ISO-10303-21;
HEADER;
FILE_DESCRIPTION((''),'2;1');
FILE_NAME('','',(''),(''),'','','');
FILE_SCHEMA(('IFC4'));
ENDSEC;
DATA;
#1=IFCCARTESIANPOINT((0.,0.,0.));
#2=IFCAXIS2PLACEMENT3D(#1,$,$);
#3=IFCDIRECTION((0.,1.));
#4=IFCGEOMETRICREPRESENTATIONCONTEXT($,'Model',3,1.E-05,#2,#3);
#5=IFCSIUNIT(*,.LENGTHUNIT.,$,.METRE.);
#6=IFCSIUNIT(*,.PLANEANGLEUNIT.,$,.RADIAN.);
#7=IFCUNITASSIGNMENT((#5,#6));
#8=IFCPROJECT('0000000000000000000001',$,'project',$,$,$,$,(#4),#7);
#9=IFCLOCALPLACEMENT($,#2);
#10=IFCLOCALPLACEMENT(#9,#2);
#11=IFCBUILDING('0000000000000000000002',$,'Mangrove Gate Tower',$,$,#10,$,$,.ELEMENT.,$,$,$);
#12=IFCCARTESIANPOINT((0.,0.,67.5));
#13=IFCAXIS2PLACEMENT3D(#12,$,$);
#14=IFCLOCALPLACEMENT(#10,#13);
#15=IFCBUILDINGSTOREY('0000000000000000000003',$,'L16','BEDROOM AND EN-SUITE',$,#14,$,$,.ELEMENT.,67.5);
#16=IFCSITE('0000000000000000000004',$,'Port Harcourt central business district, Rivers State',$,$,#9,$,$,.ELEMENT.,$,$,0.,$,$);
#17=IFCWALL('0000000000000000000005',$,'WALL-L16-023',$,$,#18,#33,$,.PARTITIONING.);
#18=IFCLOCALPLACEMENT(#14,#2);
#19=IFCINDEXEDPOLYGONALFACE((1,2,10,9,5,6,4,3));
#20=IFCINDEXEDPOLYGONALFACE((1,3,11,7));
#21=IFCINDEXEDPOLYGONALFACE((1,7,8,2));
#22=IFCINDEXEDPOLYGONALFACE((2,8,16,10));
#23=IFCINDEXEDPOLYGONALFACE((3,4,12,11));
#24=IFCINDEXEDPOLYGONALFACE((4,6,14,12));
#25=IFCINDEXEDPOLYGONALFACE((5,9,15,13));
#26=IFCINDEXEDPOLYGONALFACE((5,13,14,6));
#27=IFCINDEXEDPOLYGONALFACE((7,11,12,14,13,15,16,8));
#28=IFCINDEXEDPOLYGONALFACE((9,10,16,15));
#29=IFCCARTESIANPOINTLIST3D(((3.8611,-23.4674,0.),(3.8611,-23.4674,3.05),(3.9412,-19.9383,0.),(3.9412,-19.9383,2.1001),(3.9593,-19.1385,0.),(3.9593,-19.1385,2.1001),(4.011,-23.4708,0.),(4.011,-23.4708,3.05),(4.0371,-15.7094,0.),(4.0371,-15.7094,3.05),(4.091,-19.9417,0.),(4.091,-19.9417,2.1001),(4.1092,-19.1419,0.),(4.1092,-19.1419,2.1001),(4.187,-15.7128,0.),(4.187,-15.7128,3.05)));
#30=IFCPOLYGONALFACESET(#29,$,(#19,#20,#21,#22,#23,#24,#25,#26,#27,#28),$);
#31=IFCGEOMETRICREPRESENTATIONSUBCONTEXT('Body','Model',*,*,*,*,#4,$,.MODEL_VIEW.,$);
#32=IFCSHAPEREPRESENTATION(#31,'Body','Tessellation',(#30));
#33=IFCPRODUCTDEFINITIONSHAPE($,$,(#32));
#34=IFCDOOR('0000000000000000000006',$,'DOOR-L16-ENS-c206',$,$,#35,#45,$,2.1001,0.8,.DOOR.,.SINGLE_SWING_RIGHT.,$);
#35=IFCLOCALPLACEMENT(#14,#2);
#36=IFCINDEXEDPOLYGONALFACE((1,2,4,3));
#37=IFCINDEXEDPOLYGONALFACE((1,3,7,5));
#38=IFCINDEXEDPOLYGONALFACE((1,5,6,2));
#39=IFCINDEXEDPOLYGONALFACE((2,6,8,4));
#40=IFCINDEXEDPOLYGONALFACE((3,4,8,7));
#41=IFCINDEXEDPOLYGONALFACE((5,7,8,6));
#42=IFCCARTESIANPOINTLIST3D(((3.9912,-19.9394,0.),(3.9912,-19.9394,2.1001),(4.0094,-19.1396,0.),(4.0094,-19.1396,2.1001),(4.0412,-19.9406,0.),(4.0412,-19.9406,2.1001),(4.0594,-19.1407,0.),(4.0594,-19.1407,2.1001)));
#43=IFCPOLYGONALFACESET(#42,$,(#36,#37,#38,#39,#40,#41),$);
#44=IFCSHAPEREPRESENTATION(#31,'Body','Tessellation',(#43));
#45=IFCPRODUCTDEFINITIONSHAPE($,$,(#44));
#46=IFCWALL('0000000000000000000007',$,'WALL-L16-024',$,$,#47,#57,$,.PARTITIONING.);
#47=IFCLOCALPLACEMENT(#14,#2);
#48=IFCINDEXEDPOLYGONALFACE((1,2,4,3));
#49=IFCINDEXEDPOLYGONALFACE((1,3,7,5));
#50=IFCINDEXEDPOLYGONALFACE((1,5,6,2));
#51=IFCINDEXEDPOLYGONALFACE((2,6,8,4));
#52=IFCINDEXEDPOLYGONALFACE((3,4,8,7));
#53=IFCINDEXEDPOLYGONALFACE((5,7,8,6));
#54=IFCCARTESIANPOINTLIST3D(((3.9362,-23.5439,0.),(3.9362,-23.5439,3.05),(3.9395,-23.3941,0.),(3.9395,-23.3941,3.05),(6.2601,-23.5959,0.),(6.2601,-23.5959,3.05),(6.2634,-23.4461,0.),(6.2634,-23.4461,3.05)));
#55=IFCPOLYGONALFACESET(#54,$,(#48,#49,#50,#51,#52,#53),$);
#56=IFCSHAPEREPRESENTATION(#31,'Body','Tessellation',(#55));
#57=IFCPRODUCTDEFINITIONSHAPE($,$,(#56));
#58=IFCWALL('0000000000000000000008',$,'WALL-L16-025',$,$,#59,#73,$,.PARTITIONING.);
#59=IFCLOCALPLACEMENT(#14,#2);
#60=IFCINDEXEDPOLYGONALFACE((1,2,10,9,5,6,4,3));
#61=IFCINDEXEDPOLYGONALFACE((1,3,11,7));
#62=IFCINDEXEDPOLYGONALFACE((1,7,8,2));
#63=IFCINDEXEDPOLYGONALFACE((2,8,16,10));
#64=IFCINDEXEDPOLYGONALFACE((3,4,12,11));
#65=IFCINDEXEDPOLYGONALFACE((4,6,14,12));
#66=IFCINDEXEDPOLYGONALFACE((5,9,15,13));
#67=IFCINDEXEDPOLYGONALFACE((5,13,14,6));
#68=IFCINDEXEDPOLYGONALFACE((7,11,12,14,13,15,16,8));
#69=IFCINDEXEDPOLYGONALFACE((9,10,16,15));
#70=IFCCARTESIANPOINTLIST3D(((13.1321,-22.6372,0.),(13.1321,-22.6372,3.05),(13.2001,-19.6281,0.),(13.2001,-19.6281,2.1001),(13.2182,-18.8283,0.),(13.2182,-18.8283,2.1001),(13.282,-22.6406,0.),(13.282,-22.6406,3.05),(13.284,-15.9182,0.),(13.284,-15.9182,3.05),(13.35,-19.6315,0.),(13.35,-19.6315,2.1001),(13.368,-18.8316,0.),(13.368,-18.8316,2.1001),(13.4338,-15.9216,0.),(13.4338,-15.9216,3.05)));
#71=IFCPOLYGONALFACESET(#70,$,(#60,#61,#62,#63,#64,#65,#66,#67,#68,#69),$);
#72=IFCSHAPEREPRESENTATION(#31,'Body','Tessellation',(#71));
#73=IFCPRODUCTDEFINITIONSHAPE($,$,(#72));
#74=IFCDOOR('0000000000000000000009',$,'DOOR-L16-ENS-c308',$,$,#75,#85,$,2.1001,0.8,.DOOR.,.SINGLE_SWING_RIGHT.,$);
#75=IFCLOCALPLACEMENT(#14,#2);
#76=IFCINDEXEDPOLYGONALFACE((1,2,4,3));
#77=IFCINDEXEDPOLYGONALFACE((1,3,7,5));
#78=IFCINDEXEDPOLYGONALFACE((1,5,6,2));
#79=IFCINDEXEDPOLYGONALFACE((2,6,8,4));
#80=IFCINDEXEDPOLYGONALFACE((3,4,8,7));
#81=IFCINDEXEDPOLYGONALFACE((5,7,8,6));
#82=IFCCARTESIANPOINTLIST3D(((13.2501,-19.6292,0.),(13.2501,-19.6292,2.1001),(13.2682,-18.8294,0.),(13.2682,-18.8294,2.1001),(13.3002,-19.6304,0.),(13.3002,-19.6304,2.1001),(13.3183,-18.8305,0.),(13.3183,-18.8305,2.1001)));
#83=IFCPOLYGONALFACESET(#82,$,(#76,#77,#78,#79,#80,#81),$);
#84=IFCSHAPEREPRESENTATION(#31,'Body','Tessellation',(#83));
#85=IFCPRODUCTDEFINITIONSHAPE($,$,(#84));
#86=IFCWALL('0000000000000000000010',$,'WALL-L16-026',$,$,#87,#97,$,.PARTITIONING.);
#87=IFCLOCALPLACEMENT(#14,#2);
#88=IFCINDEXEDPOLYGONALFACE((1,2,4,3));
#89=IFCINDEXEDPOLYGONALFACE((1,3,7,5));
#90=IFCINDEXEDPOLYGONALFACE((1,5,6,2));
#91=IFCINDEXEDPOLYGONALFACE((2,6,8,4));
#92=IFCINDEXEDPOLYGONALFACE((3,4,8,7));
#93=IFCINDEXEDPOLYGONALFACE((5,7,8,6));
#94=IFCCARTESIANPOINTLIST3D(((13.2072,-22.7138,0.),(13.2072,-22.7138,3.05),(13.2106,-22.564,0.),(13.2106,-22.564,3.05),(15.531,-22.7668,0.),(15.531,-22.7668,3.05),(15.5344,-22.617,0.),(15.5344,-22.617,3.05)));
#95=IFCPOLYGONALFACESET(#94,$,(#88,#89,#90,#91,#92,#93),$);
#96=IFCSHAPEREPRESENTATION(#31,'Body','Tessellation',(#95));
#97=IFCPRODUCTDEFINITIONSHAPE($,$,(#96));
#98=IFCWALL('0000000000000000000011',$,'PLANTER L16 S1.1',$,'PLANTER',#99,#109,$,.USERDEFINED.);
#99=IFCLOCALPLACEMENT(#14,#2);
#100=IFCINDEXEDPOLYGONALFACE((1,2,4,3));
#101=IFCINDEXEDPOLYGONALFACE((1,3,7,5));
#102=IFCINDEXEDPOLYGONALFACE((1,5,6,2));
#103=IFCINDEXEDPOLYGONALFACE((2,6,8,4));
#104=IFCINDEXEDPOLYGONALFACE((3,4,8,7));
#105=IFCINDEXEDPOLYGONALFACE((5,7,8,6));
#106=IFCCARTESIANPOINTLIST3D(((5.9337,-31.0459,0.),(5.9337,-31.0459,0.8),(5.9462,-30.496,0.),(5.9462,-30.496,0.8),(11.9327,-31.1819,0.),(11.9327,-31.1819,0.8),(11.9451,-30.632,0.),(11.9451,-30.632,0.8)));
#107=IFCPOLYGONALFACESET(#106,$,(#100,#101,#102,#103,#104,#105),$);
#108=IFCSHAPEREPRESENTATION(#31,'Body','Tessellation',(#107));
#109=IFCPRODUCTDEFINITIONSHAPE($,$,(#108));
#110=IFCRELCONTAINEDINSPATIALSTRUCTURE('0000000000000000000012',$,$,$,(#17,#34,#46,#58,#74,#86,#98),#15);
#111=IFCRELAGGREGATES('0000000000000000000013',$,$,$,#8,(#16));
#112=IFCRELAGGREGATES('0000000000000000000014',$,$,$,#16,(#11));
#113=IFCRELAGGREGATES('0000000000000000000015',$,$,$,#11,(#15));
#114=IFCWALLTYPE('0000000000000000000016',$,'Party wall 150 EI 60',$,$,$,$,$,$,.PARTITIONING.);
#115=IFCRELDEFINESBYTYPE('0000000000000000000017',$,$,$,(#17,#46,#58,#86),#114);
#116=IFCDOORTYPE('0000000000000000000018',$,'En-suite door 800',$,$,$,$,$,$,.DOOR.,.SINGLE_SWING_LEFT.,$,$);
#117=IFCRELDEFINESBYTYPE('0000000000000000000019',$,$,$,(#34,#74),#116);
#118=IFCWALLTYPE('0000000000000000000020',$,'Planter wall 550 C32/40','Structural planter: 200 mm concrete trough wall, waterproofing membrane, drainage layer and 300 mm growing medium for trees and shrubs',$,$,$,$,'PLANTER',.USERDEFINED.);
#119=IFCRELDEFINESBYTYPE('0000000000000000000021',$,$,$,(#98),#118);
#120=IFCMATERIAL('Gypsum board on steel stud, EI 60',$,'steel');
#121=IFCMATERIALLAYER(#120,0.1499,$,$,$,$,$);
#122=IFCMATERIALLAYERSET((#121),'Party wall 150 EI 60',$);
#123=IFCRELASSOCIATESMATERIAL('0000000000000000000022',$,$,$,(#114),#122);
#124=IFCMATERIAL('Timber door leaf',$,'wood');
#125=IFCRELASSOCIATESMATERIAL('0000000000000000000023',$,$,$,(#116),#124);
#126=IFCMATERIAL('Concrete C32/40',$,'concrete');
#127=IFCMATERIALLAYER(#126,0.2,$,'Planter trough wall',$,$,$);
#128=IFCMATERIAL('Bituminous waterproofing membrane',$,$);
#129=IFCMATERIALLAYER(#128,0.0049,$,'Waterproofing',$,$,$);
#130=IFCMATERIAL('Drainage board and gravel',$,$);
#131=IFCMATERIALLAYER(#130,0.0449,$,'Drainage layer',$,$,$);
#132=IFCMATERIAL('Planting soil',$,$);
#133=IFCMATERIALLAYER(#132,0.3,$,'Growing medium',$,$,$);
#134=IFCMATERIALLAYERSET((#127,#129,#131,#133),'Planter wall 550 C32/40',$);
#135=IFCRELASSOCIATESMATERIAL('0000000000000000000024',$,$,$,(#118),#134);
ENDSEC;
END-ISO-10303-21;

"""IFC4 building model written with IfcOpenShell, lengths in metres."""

from ifc_helpers import new_model, si_unit, direction, frame, frame_2d, origin, place, context, subcontext, project, spatial, rectangle, extrude, material, layer, layer_set, type_object, element, fill, save


model = new_model("IFC4")

# Units and contexts
model_context = context("Model", 3, precision=1e-05, world=origin(), true_north=direction((0.0, 1.0)))
body_context = subcontext(model_context, "Body", "Model", "MODEL_VIEW")
ifc_project = project(units=[si_unit("LENGTHUNIT", "METRE"), si_unit("PLANEANGLEUNIT", "RADIAN")], contexts=[model_context])

# Site, building, storey
site_placement = place(None, origin())
site = spatial("IfcSite", under=ifc_project, at=site_placement, Name="Port Harcourt central business district, Rivers State", CompositionType="ELEMENT", RefElevation=0.0)
building_placement = place(site_placement, origin())
building = spatial("IfcBuilding", under=site, at=building_placement, Name="Mangrove Gate Tower", CompositionType="ELEMENT")
storey_placement = place(building_placement, frame((0.0, 0.0, 67.5)))
storey = spatial("IfcBuildingStorey", under=building, at=storey_placement, Name="L16", Description="BEDROOM AND EN-SUITE", CompositionType="ELEMENT", Elevation=67.5)

# Shared definitions
ifc_material_1 = material(Name="Gypsum board on steel stud, EI 60", Category="steel")
ifc_layer_1 = layer(ifc_material_1, 0.1499)
ifc_layer_set_1 = layer_set([ifc_layer_1], Name="Party wall 150 EI 60")
wall_type_1 = type_object("IfcWallType", Name="Party wall 150 EI 60", PredefinedType="PARTITIONING", material=ifc_layer_set_1)

# Shared definitions
ifc_material_2 = material(Name="Timber door leaf", Category="wood")
door_type = type_object("IfcDoorType", Name="En-suite door 800", OperationType="SINGLE_SWING_LEFT", PredefinedType="DOOR", material=ifc_material_2)

# Wall, opening, door
wall_1_placement = place(storey_placement, frame((3.936, -23.469, 0.0), z_axis=(0.0, 0.0, 1.0), x_axis=(0.022684, 0.999743, 0.0)))
wall_1 = element("IfcWall", 1, at=wall_1_placement, inside=storey, type_object=wall_type_1, Name="WALL-L16-023", PredefinedType="PARTITIONING", context=body_context, shape_type="SweptSolid", body=[
    extrude(rectangle(XDim=7.76, YDim=0.1499, at=frame_2d((3.8799, 0.0))), origin(), (0.0, 0.0, 1.0), 3.05),
])
opening_1_placement = place(wall_1_placement, frame((3.53, 0.0, 0.0)))
opening_1 = element("IfcOpeningElement", 2, at=opening_1_placement, cuts=wall_1, PredefinedType="OPENING", context=body_context, shape_type="SweptSolid", body=[
    extrude(rectangle(XDim=0.8, YDim=2.1001, at=frame_2d((0.3999, 1.05))), frame((0.0, 0.085, 0.0), z_axis=(0.0, -1.0, 0.0), x_axis=(1.0, 0.0, 0.0)), (0.0, 0.0, 1.0), 0.1699),
])
door_1_placement = place(opening_1_placement, origin())
door_1 = element("IfcDoor", 3, at=door_1_placement, inside=storey, type_object=door_type, Name="DOOR-L16-ENS-c206", OperationType="SINGLE_SWING_RIGHT", OverallHeight=2.1001, OverallWidth=0.8, PredefinedType="DOOR", context=body_context, shape_type="SweptSolid", body=[
    extrude(rectangle(XDim=0.8, YDim=2.1001, at=frame_2d((0.3999, 1.05))), frame((0.0, 0.0249, 0.0), z_axis=(0.0, -1.0, 0.0), x_axis=(1.0, 0.0, 0.0)), (0.0, 0.0, 1.0), 0.05),
])
fill(opening_1, door_1)

# Wall
wall_2_placement = place(storey_placement, frame((3.938, -23.469, 0.0), z_axis=(0.0, 0.0, 1.0), x_axis=(0.99975, -0.022371, 0.0)))
element("IfcWall", 4, at=wall_2_placement, inside=storey, type_object=wall_type_1, Name="WALL-L16-024", PredefinedType="PARTITIONING", context=body_context, shape_type="SweptSolid", body=[
    extrude(rectangle(XDim=2.3245, YDim=0.1499, at=frame_2d((1.1621, 0.0))), origin(), (0.0, 0.0, 1.0), 3.05),
])

# Wall, opening, door
wall_3_placement = place(storey_placement, frame((13.207, -22.6389, 0.0), z_axis=(0.0, 0.0, 1.0), x_axis=(0.022595, 0.999745, 0.0)))
wall_3 = element("IfcWall", 5, at=wall_3_placement, inside=storey, type_object=wall_type_1, Name="WALL-L16-025", PredefinedType="PARTITIONING", context=body_context, shape_type="SweptSolid", body=[
    extrude(rectangle(XDim=6.7207, YDim=0.1499, at=frame_2d((3.3604, 0.0))), origin(), (0.0, 0.0, 1.0), 3.05),
])
opening_2_placement = place(wall_3_placement, frame((3.01, 0.0, 0.0)))
opening_2 = element("IfcOpeningElement", 6, at=opening_2_placement, cuts=wall_3, PredefinedType="OPENING", context=body_context, shape_type="SweptSolid", body=[
    extrude(rectangle(XDim=0.8, YDim=2.1001, at=frame_2d((0.3999, 1.05))), frame((0.0, 0.085, 0.0), z_axis=(0.0, -1.0, 0.0), x_axis=(1.0, 0.0, 0.0)), (0.0, 0.0, 1.0), 0.1699),
])
door_2_placement = place(opening_2_placement, origin())
door_2 = element("IfcDoor", 7, at=door_2_placement, inside=storey, type_object=door_type, Name="DOOR-L16-ENS-c308", OperationType="SINGLE_SWING_RIGHT", OverallHeight=2.1001, OverallWidth=0.8, PredefinedType="DOOR", context=body_context, shape_type="SweptSolid", body=[
    extrude(rectangle(XDim=0.8, YDim=2.1001, at=frame_2d((0.3999, 1.05))), frame((0.0, 0.0249, 0.0), z_axis=(0.0, -1.0, 0.0), x_axis=(1.0, 0.0, 0.0)), (0.0, 0.0, 1.0), 0.05),
])
fill(opening_2, door_2)

# Walls
wall_4_placement = place(storey_placement, frame((13.209, -22.6389, 0.0), z_axis=(0.0, 0.0, 1.0), x_axis=(0.99974, -0.022791, 0.0)))
element("IfcWall", 8, at=wall_4_placement, inside=storey, type_object=wall_type_1, Name="WALL-L16-026", PredefinedType="PARTITIONING", context=body_context, shape_type="SweptSolid", body=[
    extrude(rectangle(XDim=2.3245, YDim=0.1499, at=frame_2d((1.1621, 0.0))), origin(), (0.0, 0.0, 1.0), 3.05),
])
ifc_material_3 = material(Name="Concrete C32/40", Category="concrete")
ifc_layer_2 = layer(ifc_material_3, 0.2, Name="Planter trough wall")
ifc_material_4 = material(Name="Bituminous waterproofing membrane")
ifc_layer_3 = layer(ifc_material_4, 0.0049, Name="Waterproofing")
ifc_material_5 = material(Name="Drainage board and gravel")
ifc_layer_4 = layer(ifc_material_5, 0.0449, Name="Drainage layer")
ifc_material_6 = material(Name="Planting soil")
ifc_layer_5 = layer(ifc_material_6, 0.3, Name="Growing medium")
ifc_layer_set_2 = layer_set([ifc_layer_2, ifc_layer_3, ifc_layer_4, ifc_layer_5], Name="Planter wall 550 C32/40")
wall_type_2 = type_object("IfcWallType", Name="Planter wall 550 C32/40", Description="Structural planter: 200 mm concrete trough wall, waterproofing membrane, drainage layer and 300 mm growing medium for trees and shrubs", ElementType="PLANTER", PredefinedType="USERDEFINED", material=ifc_layer_set_2)
wall_5_placement = place(storey_placement, frame((5.9399, -30.771, 0.0), z_axis=(0.0, 0.0, 1.0), x_axis=(0.999743, -0.022662, 0.0)))
element("IfcWall", 9, at=wall_5_placement, inside=storey, type_object=wall_type_2, Name="PLANTER L16 S1.1", ObjectType="PLANTER", PredefinedType="USERDEFINED", context=body_context, shape_type="SweptSolid", body=[
    extrude(rectangle(XDim=6.0005, YDim=0.55, at=frame_2d((3.0002, 0.0))), origin(), (0.0, 0.0, 1.0), 0.8),
])

save(model, "model.ifc")
